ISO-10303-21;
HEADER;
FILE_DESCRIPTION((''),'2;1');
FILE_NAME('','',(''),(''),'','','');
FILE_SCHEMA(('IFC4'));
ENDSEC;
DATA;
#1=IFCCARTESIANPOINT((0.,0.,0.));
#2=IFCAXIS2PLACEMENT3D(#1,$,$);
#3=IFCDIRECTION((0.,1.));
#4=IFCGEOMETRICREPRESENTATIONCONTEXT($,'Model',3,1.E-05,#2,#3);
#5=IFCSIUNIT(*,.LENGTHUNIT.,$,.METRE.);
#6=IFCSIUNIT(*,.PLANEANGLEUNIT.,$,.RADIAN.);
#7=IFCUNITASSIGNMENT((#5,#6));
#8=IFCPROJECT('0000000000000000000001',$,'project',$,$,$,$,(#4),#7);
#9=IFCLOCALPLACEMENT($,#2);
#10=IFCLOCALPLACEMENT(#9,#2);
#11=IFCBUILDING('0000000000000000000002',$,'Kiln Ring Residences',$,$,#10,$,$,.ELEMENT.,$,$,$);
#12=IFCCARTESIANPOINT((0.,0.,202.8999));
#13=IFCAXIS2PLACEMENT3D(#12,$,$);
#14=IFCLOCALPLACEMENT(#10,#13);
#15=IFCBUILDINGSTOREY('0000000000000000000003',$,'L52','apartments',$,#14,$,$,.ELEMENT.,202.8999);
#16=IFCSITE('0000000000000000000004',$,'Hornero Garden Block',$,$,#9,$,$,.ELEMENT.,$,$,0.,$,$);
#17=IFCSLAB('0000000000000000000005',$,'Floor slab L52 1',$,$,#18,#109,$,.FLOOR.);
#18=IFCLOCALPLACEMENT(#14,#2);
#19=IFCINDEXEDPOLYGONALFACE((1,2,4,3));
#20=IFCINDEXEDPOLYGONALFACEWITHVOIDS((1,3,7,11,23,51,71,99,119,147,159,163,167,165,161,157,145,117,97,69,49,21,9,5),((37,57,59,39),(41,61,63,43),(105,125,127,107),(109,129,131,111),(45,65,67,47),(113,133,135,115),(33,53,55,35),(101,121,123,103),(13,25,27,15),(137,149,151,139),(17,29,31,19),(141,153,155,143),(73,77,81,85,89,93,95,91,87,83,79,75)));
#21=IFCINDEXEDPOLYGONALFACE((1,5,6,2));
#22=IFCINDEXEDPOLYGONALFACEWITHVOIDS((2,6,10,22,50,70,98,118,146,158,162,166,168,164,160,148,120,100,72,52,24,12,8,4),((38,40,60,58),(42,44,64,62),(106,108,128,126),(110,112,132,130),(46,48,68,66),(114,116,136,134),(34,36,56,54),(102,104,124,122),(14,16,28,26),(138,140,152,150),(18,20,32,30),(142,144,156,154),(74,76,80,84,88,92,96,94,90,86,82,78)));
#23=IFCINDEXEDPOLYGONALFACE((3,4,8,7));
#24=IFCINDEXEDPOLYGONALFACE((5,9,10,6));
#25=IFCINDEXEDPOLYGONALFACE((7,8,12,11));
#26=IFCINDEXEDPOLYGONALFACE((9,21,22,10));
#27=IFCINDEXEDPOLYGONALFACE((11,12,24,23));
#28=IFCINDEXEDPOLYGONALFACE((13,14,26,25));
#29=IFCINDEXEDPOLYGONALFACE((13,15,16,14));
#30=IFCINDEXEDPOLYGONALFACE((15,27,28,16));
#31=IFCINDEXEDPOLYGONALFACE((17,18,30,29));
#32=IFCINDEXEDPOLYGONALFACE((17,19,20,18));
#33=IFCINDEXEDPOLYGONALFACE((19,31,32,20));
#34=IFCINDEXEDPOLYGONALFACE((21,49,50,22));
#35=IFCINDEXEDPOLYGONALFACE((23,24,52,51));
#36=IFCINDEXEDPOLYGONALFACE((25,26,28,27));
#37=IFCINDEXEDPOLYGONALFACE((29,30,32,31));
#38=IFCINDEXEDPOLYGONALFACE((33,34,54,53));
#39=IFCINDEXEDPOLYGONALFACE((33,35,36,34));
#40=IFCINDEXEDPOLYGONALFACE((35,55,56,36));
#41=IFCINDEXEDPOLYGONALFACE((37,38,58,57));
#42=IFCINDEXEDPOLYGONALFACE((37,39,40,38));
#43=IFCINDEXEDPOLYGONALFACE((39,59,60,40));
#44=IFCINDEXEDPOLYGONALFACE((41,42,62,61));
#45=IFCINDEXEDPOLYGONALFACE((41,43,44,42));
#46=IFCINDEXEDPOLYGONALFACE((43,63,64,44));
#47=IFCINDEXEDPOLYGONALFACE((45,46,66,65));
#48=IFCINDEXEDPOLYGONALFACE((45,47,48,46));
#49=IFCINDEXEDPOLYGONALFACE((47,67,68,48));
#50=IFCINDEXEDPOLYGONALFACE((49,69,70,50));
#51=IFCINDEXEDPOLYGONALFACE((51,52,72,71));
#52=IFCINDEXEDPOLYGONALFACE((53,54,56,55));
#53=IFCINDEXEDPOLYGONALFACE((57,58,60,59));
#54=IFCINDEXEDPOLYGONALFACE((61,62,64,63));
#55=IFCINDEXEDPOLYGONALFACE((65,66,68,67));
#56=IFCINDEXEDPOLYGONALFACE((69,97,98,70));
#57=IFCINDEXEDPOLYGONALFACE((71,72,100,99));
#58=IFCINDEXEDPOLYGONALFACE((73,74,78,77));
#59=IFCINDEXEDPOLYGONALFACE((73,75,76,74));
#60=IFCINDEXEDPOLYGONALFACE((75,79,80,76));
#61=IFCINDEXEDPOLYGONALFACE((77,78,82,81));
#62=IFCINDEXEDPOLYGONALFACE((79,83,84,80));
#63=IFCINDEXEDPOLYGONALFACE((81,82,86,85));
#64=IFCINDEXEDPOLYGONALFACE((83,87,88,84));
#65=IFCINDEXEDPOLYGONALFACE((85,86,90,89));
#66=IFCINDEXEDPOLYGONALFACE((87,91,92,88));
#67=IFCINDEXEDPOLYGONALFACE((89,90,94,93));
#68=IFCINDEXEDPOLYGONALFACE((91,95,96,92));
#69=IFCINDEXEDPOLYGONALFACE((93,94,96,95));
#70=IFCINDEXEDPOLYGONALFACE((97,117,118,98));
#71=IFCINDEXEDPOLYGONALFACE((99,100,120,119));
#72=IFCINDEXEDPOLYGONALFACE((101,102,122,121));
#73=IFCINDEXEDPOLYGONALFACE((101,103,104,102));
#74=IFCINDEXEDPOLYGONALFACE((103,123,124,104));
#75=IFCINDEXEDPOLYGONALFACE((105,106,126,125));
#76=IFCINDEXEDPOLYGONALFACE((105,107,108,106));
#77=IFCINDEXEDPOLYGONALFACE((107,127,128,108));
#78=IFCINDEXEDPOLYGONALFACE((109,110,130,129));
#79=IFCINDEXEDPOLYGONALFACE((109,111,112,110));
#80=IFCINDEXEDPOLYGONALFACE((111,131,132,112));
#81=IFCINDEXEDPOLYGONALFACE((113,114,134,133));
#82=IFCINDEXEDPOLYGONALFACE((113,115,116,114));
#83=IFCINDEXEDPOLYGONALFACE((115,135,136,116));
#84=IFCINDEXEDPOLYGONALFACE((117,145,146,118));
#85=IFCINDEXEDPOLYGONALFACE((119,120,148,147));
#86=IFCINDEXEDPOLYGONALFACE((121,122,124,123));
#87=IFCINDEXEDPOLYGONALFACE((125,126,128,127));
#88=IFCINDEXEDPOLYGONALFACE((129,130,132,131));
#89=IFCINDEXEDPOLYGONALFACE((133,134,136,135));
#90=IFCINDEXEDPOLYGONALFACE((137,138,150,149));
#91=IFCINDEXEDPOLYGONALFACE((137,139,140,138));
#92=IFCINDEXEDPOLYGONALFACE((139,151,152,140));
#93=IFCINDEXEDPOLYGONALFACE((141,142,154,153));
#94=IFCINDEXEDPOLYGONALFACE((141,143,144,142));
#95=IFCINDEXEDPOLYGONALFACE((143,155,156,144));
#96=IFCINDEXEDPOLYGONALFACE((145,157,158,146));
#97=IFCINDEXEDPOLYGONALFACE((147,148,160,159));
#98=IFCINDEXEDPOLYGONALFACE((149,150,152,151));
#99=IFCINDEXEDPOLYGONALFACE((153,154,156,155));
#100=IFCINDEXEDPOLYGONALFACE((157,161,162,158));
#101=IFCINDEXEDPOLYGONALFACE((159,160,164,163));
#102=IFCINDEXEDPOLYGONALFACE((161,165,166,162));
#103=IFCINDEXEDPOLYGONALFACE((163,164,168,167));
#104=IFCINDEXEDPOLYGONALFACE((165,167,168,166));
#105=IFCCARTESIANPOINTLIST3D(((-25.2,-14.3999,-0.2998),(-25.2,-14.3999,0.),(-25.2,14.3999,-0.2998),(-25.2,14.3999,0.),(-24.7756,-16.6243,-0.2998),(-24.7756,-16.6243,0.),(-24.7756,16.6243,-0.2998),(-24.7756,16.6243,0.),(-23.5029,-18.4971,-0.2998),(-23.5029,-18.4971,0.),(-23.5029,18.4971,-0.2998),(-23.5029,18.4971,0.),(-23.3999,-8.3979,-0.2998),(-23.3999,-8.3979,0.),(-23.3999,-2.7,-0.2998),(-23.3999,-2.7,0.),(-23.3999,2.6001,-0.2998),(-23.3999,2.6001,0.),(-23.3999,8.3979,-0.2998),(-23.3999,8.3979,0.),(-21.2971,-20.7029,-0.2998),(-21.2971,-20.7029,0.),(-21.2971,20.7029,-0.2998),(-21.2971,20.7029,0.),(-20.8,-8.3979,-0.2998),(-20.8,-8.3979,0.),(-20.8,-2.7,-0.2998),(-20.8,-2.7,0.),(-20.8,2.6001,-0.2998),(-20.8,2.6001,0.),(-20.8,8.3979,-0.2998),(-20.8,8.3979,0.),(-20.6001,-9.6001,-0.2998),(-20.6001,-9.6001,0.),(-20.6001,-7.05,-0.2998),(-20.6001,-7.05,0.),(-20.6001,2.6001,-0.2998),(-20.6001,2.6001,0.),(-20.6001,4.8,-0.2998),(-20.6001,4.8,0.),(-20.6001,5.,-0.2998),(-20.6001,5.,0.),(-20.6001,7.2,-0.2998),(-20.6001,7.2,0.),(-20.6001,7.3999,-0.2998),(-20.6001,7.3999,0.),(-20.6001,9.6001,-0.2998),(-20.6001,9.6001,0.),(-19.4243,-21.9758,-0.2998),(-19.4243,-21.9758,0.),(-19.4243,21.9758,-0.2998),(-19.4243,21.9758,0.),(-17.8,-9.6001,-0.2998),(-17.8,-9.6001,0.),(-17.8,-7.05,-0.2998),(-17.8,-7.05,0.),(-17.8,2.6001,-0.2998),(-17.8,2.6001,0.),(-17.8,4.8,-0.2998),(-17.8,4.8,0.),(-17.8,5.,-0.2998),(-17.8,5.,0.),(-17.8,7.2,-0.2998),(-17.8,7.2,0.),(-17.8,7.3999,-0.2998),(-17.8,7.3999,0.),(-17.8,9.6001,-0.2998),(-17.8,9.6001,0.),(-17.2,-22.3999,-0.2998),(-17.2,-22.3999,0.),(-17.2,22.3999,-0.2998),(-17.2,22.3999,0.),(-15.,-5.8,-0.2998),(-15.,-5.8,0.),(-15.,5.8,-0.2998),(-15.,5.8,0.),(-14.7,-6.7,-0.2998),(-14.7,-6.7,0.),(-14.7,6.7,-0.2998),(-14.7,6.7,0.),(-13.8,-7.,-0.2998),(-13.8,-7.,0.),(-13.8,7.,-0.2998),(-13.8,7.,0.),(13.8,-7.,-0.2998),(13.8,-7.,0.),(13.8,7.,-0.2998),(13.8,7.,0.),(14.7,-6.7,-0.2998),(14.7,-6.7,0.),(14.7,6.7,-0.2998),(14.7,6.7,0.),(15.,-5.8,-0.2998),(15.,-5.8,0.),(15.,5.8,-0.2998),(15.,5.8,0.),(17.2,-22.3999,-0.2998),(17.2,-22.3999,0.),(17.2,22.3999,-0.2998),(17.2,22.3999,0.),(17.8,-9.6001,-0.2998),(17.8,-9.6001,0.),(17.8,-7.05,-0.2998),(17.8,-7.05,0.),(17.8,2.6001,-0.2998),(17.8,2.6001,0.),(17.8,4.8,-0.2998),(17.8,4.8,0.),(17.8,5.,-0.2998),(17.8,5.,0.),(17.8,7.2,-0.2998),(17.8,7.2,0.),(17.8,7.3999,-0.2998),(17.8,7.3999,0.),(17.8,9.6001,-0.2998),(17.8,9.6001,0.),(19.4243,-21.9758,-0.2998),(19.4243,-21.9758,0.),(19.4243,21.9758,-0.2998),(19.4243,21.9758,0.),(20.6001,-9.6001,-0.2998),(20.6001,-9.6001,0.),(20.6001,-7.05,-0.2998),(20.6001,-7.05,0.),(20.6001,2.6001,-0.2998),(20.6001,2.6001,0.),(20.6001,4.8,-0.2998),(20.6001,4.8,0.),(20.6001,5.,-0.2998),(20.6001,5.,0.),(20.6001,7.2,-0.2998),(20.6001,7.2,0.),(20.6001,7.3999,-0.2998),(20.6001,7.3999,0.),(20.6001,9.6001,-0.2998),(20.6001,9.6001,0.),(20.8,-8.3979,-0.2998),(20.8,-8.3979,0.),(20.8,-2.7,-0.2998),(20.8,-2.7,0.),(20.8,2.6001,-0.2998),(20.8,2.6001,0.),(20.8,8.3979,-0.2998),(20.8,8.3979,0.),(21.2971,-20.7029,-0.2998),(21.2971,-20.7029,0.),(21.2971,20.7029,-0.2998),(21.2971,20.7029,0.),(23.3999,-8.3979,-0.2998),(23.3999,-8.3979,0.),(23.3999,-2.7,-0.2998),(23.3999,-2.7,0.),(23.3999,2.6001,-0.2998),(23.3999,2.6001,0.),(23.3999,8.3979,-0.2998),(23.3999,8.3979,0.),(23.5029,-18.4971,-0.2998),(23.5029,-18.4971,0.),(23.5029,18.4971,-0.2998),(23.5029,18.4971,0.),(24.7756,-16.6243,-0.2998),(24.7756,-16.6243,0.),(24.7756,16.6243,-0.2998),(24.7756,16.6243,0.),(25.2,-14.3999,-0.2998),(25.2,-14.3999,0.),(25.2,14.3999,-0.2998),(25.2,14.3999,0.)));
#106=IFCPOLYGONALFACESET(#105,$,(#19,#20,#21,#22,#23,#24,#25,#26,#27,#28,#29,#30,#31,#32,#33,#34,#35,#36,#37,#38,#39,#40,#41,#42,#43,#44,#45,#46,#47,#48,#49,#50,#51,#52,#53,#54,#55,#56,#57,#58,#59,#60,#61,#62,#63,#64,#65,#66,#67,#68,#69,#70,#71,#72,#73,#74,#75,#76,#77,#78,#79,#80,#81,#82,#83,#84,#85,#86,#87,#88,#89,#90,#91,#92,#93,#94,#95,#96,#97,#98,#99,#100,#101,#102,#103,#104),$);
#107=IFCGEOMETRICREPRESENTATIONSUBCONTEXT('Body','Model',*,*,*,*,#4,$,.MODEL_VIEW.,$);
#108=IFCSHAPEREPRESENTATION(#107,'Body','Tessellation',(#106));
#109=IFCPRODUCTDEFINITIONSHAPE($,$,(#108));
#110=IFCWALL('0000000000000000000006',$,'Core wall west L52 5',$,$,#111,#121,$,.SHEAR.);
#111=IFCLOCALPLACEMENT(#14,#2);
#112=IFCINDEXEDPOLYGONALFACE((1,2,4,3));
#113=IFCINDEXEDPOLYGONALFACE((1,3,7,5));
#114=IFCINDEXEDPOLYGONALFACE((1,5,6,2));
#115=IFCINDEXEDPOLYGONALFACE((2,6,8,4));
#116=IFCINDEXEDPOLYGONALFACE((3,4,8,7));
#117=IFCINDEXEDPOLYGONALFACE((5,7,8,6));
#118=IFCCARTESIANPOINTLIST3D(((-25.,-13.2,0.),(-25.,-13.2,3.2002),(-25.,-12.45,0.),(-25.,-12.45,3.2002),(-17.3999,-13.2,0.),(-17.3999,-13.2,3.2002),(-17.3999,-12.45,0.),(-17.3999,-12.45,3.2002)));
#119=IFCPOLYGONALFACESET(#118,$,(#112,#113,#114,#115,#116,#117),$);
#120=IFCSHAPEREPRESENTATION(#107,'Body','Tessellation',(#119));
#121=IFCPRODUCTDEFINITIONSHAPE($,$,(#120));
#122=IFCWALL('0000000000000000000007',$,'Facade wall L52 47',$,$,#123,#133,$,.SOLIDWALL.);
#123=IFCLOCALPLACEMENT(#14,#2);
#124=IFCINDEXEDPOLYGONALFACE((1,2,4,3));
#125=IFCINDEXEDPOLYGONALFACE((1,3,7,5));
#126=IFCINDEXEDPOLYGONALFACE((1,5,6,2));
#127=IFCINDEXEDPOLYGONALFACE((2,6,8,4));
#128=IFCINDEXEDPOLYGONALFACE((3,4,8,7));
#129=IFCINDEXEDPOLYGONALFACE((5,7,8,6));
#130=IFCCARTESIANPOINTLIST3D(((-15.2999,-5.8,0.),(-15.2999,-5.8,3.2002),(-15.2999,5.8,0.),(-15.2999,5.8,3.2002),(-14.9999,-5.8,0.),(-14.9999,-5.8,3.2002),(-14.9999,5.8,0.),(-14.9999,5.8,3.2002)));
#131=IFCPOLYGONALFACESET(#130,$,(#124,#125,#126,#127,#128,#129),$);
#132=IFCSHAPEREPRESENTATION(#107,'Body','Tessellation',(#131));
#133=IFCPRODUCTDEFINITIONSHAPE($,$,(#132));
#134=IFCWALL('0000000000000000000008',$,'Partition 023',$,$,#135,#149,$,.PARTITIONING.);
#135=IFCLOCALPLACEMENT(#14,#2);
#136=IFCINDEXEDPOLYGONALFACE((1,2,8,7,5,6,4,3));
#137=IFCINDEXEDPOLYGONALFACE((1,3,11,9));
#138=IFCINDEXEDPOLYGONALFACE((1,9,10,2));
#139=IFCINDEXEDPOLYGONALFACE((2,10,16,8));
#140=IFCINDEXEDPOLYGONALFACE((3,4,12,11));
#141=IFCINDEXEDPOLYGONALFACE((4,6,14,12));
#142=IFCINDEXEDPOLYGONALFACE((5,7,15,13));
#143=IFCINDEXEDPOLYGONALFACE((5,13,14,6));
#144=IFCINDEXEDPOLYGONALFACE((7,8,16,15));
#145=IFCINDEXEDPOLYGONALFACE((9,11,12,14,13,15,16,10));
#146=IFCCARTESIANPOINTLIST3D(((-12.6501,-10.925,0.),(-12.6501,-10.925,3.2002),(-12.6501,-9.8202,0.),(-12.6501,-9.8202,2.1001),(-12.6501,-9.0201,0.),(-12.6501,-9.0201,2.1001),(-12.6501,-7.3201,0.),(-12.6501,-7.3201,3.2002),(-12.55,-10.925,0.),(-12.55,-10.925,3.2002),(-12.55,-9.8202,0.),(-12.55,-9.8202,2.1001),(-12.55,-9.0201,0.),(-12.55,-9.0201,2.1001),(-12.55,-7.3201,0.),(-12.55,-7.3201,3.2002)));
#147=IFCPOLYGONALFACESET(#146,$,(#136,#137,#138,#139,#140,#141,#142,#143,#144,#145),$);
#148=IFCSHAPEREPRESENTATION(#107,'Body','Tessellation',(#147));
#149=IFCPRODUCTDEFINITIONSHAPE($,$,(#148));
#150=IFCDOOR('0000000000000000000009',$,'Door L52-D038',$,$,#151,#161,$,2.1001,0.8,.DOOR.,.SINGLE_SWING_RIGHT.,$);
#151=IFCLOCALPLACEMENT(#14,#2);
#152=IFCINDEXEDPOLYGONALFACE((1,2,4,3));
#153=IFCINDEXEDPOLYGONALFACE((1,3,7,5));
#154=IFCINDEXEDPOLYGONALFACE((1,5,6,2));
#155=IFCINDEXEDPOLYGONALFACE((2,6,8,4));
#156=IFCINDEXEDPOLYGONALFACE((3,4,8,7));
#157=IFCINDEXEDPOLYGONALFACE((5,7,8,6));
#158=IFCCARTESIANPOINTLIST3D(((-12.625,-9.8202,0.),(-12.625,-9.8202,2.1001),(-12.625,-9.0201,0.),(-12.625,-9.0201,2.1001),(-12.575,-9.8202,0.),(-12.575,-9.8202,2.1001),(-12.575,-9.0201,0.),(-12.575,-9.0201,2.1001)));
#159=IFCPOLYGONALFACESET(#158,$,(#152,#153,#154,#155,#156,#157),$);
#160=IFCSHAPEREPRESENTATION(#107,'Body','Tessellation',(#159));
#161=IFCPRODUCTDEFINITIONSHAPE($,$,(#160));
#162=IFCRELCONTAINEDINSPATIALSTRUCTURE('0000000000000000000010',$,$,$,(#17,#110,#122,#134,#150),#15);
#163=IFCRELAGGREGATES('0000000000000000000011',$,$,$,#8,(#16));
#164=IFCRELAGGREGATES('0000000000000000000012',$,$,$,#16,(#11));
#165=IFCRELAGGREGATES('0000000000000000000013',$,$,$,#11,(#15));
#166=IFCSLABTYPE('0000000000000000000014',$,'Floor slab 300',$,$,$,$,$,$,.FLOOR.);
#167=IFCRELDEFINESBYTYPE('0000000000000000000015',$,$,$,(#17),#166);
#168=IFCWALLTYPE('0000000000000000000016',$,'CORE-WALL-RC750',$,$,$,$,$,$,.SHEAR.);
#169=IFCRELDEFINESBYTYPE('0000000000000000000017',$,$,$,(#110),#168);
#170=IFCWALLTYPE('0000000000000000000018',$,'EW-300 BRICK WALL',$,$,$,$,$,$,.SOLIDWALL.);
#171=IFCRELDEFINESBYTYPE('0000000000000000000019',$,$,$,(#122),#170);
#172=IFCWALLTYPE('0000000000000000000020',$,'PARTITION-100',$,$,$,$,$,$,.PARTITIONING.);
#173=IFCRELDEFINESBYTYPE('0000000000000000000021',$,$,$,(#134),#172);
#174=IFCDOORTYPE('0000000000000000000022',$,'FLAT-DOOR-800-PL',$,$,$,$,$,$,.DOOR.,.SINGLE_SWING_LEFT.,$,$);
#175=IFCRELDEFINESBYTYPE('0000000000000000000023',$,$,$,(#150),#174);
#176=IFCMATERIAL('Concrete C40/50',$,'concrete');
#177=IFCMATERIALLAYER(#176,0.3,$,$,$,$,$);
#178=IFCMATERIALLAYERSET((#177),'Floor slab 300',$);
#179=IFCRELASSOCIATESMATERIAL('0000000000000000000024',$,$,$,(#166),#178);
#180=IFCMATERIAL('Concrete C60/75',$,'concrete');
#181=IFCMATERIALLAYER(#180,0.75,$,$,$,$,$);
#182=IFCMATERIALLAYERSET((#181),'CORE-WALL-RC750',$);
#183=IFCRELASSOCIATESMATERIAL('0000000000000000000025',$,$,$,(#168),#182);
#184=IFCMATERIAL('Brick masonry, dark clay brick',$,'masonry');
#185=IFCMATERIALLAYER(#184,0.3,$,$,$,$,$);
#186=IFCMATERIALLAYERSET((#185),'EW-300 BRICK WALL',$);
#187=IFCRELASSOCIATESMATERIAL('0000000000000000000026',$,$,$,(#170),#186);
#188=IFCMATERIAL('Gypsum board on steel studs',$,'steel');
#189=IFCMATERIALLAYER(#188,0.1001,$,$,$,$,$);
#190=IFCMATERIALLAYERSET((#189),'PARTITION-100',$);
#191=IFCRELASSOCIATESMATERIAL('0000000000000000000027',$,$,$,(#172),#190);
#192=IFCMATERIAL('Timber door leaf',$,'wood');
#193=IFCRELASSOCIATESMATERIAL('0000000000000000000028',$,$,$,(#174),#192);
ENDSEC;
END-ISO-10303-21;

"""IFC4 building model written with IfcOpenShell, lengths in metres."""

from ifc_helpers import new_model, si_unit, direction, frame, frame_2d, origin, place, context, subcontext, project, spatial, polyline, rectangle, outline, extrude, material, layer, layer_set, type_object, element, fill, save


model = new_model("IFC4")

# Units and contexts
model_context = context("Model", 3, precision=1e-05, world=origin(), true_north=direction((0.0, 1.0)))
body_context = subcontext(model_context, "Body", "Model", "MODEL_VIEW")
ifc_project = project(units=[si_unit("LENGTHUNIT", "METRE"), si_unit("PLANEANGLEUNIT", "RADIAN")], contexts=[model_context])

# Site, building, storey
site_placement = place(None, origin())
site = spatial("IfcSite", under=ifc_project, at=site_placement, Name="Hornero Garden Block", CompositionType="ELEMENT", RefElevation=0.0)
building_placement = place(site_placement, origin())
building = spatial("IfcBuilding", under=site, at=building_placement, Name="Kiln Ring Residences", CompositionType="ELEMENT")
storey_placement = place(building_placement, frame((0.0, 0.0, 202.8999)))
storey = spatial("IfcBuildingStorey", under=building, at=storey_placement, Name="L52", Description="apartments", CompositionType="ELEMENT", Elevation=202.8999)

# Slab
ifc_material_1 = material(Name="Concrete C40/50", Category="concrete")
ifc_layer_1 = layer(ifc_material_1, 0.3)
ifc_layer_set_1 = layer_set([ifc_layer_1], Name="Floor slab 300")
slab_type = type_object("IfcSlabType", Name="Floor slab 300", PredefinedType="FLOOR", material=ifc_layer_set_1)
slab_placement = place(storey_placement, frame((0.0, 0.0, -0.2998)))
element("IfcSlab", 1, at=slab_placement, inside=storey, type_object=slab_type, Name="Floor slab L52 1", PredefinedType="FLOOR", context=body_context, shape_type="SweptSolid", body=[
    extrude(outline(polyline([(-23.5029, -18.4971), (-21.2971, -20.7029), (-19.4243, -21.9758), (-17.2, -22.3999), (17.2, -22.3999), (19.4243, -21.9758), (21.2971, -20.7029), (23.5029, -18.4971), (24.7756, -16.6243), (25.2, -14.3999), (25.2, 14.3999), (24.7756, 16.6243), (23.5029, 18.4971), (21.2971, 20.7029), (19.4243, 21.9758), (17.2, 22.3999), (-17.2, 22.3999), (-19.4243, 21.9758), (-21.2971, 20.7029), (-23.5029, 18.4971), (-24.7756, 16.6243), (-25.2, 14.3999), (-25.2, -14.3999), (-24.7756, -16.6243), (-23.5029, -18.4971)]), holes=[polyline([(-14.7, -6.7), (-15.0, -5.8), (-15.0, 5.8), (-14.7, 6.7), (-13.8, 7.0), (13.8, 7.0), (14.7, 6.7), (15.0, 5.8), (15.0, -5.8), (14.7, -6.7), (13.8, -7.0), (-13.8, -7.0), (-14.7, -6.7)]), polyline([(20.8, -8.3979), (20.8, -2.7), (23.3999, -2.7), (23.3999, -8.3979), (20.8, -8.3979)]), polyline([(23.3999, 2.6001), (20.8, 2.6001), (20.8, 8.3979), (23.3999, 8.3979), (23.3999, 2.6001)]), polyline([(17.8, 2.6001), (17.8, 4.8), (20.6001, 4.8), (20.6001, 2.6001), (17.8, 2.6001)]), polyline([(17.8, 5.0), (17.8, 7.2), (20.6001, 7.2), (20.6001, 5.0), (17.8, 5.0)]), polyline([(17.8, 7.3999), (17.8, 9.6001), (20.6001, 9.6001), (20.6001, 7.3999), (17.8, 7.3999)]), polyline([(20.6001, -9.6001), (17.8, -9.6001), (17.8, -7.05), (20.6001, -7.05), (20.6001, -9.6001)]), polyline([(-17.8, -7.05), (-17.8, -9.6001), (-20.6001, -9.6001), (-20.6001, -7.05), (-17.8, -7.05)]), polyline([(-17.8, 2.6001), (-20.6001, 2.6001), (-20.6001, 4.8), (-17.8, 4.8), (-17.8, 2.6001)]), polyline([(-17.8, 5.0), (-20.6001, 5.0), (-20.6001, 7.2), (-17.8, 7.2), (-17.8, 5.0)]), polyline([(-17.8, 7.3999), (-20.6001, 7.3999), (-20.6001, 9.6001), (-17.8, 9.6001), (-17.8, 7.3999)]), polyline([(-20.8, -8.3979), (-23.3999, -8.3979), (-23.3999, -2.7), (-20.8, -2.7), (-20.8, -8.3979)]), polyline([(-20.8, 8.3979), (-20.8, 2.6001), (-23.3999, 2.6001), (-23.3999, 8.3979), (-20.8, 8.3979)])]), origin(), (0.0, 0.0, 1.0), 0.2998),
])

# Walls
ifc_material_2 = material(Name="Concrete C60/75", Category="concrete")
ifc_layer_2 = layer(ifc_material_2, 0.75)
ifc_layer_set_2 = layer_set([ifc_layer_2], Name="CORE-WALL-RC750")
wall_type_1 = type_object("IfcWallType", Name="CORE-WALL-RC750", PredefinedType="SHEAR", material=ifc_layer_set_2)
wall_1_placement = place(storey_placement, frame((-17.3999, -12.825, 0.0), z_axis=(0.0, 0.0, 1.0), x_axis=(-1.0, 0.0, 0.0)))
element("IfcWall", 2, at=wall_1_placement, inside=storey, type_object=wall_type_1, Name="Core wall west L52 5", PredefinedType="SHEAR", context=body_context, shape_type="SweptSolid", body=[
    extrude(rectangle(XDim=7.6001, YDim=0.75, at=frame_2d((3.8, 0.0))), origin(), (0.0, 0.0, 1.0), 3.2002),
])
ifc_material_3 = material(Name="Brick masonry, dark clay brick", Category="masonry")
ifc_layer_3 = layer(ifc_material_3, 0.3)
ifc_layer_set_3 = layer_set([ifc_layer_3], Name="EW-300 BRICK WALL")
wall_type_2 = type_object("IfcWallType", Name="EW-300 BRICK WALL", PredefinedType="SOLIDWALL", material=ifc_layer_set_3)
wall_2_placement = place(storey_placement, frame((-15.1499, -5.8, 0.0), z_axis=(0.0, 0.0, 1.0), x_axis=(0.0, 1.0, 0.0)))
element("IfcWall", 3, at=wall_2_placement, inside=storey, type_object=wall_type_2, Name="Facade wall L52 47", PredefinedType="SOLIDWALL", context=body_context, shape_type="SweptSolid", body=[
    extrude(rectangle(XDim=11.6001, YDim=0.3, at=frame_2d((5.8, 0.0))), origin(), (0.0, 0.0, 1.0), 3.2002),
])

# Wall, opening, door
ifc_material_4 = material(Name="Gypsum board on steel studs", Category="steel")
ifc_layer_4 = layer(ifc_material_4, 0.1001)
ifc_layer_set_4 = layer_set([ifc_layer_4], Name="PARTITION-100")
wall_type_3 = type_object("IfcWallType", Name="PARTITION-100", PredefinedType="PARTITIONING", material=ifc_layer_set_4)
wall_3_placement = place(storey_placement, frame((-12.6001, -10.925, 0.0), z_axis=(0.0, 0.0, 1.0), x_axis=(0.0, 1.0, 0.0)))
wall_3 = element("IfcWall", 4, at=wall_3_placement, inside=storey, type_object=wall_type_3, Name="Partition 023", PredefinedType="PARTITIONING", context=body_context, shape_type="SweptSolid", body=[
    extrude(rectangle(XDim=3.605, YDim=0.1001, at=frame_2d((1.8025, 0.0))), origin(), (0.0, 0.0, 1.0), 3.2002),
])
opening_1_placement = place(wall_3_placement, frame((1.105, 0.0, 0.0)))
opening_1 = element("IfcOpeningElement", 5, at=opening_1_placement, cuts=wall_3, PredefinedType="OPENING", context=body_context, shape_type="SweptSolid", body=[
    extrude(rectangle(XDim=0.8, YDim=2.1001, at=frame_2d((0.3999, 1.05))), frame((0.0, 0.0601, 0.0), z_axis=(0.0, -1.0, 0.0), x_axis=(1.0, 0.0, 0.0)), (0.0, 0.0, 1.0), 0.1201),
])
ifc_material_5 = material(Name="Timber door leaf", Category="wood")
door_type_1 = type_object("IfcDoorType", Name="FLAT-DOOR-800-PL", OperationType="SINGLE_SWING_LEFT", PredefinedType="DOOR", material=ifc_material_5)
door_1_placement = place(opening_1_placement, origin())
door_1 = element("IfcDoor", 6, at=door_1_placement, inside=storey, type_object=door_type_1, Name="Door L52-D038", OperationType="SINGLE_SWING_RIGHT", OverallHeight=2.1001, OverallWidth=0.8, PredefinedType="DOOR", context=body_context, shape_type="SweptSolid", body=[
    extrude(rectangle(XDim=0.8, YDim=2.1001, at=frame_2d((0.3999, 1.05))), frame((0.0, 0.0249, 0.0), z_axis=(0.0, -1.0, 0.0), x_axis=(1.0, 0.0, 0.0)), (0.0, 0.0, 1.0), 0.05),
])
fill(opening_1, door_1)

save(model, "model.ifc")
